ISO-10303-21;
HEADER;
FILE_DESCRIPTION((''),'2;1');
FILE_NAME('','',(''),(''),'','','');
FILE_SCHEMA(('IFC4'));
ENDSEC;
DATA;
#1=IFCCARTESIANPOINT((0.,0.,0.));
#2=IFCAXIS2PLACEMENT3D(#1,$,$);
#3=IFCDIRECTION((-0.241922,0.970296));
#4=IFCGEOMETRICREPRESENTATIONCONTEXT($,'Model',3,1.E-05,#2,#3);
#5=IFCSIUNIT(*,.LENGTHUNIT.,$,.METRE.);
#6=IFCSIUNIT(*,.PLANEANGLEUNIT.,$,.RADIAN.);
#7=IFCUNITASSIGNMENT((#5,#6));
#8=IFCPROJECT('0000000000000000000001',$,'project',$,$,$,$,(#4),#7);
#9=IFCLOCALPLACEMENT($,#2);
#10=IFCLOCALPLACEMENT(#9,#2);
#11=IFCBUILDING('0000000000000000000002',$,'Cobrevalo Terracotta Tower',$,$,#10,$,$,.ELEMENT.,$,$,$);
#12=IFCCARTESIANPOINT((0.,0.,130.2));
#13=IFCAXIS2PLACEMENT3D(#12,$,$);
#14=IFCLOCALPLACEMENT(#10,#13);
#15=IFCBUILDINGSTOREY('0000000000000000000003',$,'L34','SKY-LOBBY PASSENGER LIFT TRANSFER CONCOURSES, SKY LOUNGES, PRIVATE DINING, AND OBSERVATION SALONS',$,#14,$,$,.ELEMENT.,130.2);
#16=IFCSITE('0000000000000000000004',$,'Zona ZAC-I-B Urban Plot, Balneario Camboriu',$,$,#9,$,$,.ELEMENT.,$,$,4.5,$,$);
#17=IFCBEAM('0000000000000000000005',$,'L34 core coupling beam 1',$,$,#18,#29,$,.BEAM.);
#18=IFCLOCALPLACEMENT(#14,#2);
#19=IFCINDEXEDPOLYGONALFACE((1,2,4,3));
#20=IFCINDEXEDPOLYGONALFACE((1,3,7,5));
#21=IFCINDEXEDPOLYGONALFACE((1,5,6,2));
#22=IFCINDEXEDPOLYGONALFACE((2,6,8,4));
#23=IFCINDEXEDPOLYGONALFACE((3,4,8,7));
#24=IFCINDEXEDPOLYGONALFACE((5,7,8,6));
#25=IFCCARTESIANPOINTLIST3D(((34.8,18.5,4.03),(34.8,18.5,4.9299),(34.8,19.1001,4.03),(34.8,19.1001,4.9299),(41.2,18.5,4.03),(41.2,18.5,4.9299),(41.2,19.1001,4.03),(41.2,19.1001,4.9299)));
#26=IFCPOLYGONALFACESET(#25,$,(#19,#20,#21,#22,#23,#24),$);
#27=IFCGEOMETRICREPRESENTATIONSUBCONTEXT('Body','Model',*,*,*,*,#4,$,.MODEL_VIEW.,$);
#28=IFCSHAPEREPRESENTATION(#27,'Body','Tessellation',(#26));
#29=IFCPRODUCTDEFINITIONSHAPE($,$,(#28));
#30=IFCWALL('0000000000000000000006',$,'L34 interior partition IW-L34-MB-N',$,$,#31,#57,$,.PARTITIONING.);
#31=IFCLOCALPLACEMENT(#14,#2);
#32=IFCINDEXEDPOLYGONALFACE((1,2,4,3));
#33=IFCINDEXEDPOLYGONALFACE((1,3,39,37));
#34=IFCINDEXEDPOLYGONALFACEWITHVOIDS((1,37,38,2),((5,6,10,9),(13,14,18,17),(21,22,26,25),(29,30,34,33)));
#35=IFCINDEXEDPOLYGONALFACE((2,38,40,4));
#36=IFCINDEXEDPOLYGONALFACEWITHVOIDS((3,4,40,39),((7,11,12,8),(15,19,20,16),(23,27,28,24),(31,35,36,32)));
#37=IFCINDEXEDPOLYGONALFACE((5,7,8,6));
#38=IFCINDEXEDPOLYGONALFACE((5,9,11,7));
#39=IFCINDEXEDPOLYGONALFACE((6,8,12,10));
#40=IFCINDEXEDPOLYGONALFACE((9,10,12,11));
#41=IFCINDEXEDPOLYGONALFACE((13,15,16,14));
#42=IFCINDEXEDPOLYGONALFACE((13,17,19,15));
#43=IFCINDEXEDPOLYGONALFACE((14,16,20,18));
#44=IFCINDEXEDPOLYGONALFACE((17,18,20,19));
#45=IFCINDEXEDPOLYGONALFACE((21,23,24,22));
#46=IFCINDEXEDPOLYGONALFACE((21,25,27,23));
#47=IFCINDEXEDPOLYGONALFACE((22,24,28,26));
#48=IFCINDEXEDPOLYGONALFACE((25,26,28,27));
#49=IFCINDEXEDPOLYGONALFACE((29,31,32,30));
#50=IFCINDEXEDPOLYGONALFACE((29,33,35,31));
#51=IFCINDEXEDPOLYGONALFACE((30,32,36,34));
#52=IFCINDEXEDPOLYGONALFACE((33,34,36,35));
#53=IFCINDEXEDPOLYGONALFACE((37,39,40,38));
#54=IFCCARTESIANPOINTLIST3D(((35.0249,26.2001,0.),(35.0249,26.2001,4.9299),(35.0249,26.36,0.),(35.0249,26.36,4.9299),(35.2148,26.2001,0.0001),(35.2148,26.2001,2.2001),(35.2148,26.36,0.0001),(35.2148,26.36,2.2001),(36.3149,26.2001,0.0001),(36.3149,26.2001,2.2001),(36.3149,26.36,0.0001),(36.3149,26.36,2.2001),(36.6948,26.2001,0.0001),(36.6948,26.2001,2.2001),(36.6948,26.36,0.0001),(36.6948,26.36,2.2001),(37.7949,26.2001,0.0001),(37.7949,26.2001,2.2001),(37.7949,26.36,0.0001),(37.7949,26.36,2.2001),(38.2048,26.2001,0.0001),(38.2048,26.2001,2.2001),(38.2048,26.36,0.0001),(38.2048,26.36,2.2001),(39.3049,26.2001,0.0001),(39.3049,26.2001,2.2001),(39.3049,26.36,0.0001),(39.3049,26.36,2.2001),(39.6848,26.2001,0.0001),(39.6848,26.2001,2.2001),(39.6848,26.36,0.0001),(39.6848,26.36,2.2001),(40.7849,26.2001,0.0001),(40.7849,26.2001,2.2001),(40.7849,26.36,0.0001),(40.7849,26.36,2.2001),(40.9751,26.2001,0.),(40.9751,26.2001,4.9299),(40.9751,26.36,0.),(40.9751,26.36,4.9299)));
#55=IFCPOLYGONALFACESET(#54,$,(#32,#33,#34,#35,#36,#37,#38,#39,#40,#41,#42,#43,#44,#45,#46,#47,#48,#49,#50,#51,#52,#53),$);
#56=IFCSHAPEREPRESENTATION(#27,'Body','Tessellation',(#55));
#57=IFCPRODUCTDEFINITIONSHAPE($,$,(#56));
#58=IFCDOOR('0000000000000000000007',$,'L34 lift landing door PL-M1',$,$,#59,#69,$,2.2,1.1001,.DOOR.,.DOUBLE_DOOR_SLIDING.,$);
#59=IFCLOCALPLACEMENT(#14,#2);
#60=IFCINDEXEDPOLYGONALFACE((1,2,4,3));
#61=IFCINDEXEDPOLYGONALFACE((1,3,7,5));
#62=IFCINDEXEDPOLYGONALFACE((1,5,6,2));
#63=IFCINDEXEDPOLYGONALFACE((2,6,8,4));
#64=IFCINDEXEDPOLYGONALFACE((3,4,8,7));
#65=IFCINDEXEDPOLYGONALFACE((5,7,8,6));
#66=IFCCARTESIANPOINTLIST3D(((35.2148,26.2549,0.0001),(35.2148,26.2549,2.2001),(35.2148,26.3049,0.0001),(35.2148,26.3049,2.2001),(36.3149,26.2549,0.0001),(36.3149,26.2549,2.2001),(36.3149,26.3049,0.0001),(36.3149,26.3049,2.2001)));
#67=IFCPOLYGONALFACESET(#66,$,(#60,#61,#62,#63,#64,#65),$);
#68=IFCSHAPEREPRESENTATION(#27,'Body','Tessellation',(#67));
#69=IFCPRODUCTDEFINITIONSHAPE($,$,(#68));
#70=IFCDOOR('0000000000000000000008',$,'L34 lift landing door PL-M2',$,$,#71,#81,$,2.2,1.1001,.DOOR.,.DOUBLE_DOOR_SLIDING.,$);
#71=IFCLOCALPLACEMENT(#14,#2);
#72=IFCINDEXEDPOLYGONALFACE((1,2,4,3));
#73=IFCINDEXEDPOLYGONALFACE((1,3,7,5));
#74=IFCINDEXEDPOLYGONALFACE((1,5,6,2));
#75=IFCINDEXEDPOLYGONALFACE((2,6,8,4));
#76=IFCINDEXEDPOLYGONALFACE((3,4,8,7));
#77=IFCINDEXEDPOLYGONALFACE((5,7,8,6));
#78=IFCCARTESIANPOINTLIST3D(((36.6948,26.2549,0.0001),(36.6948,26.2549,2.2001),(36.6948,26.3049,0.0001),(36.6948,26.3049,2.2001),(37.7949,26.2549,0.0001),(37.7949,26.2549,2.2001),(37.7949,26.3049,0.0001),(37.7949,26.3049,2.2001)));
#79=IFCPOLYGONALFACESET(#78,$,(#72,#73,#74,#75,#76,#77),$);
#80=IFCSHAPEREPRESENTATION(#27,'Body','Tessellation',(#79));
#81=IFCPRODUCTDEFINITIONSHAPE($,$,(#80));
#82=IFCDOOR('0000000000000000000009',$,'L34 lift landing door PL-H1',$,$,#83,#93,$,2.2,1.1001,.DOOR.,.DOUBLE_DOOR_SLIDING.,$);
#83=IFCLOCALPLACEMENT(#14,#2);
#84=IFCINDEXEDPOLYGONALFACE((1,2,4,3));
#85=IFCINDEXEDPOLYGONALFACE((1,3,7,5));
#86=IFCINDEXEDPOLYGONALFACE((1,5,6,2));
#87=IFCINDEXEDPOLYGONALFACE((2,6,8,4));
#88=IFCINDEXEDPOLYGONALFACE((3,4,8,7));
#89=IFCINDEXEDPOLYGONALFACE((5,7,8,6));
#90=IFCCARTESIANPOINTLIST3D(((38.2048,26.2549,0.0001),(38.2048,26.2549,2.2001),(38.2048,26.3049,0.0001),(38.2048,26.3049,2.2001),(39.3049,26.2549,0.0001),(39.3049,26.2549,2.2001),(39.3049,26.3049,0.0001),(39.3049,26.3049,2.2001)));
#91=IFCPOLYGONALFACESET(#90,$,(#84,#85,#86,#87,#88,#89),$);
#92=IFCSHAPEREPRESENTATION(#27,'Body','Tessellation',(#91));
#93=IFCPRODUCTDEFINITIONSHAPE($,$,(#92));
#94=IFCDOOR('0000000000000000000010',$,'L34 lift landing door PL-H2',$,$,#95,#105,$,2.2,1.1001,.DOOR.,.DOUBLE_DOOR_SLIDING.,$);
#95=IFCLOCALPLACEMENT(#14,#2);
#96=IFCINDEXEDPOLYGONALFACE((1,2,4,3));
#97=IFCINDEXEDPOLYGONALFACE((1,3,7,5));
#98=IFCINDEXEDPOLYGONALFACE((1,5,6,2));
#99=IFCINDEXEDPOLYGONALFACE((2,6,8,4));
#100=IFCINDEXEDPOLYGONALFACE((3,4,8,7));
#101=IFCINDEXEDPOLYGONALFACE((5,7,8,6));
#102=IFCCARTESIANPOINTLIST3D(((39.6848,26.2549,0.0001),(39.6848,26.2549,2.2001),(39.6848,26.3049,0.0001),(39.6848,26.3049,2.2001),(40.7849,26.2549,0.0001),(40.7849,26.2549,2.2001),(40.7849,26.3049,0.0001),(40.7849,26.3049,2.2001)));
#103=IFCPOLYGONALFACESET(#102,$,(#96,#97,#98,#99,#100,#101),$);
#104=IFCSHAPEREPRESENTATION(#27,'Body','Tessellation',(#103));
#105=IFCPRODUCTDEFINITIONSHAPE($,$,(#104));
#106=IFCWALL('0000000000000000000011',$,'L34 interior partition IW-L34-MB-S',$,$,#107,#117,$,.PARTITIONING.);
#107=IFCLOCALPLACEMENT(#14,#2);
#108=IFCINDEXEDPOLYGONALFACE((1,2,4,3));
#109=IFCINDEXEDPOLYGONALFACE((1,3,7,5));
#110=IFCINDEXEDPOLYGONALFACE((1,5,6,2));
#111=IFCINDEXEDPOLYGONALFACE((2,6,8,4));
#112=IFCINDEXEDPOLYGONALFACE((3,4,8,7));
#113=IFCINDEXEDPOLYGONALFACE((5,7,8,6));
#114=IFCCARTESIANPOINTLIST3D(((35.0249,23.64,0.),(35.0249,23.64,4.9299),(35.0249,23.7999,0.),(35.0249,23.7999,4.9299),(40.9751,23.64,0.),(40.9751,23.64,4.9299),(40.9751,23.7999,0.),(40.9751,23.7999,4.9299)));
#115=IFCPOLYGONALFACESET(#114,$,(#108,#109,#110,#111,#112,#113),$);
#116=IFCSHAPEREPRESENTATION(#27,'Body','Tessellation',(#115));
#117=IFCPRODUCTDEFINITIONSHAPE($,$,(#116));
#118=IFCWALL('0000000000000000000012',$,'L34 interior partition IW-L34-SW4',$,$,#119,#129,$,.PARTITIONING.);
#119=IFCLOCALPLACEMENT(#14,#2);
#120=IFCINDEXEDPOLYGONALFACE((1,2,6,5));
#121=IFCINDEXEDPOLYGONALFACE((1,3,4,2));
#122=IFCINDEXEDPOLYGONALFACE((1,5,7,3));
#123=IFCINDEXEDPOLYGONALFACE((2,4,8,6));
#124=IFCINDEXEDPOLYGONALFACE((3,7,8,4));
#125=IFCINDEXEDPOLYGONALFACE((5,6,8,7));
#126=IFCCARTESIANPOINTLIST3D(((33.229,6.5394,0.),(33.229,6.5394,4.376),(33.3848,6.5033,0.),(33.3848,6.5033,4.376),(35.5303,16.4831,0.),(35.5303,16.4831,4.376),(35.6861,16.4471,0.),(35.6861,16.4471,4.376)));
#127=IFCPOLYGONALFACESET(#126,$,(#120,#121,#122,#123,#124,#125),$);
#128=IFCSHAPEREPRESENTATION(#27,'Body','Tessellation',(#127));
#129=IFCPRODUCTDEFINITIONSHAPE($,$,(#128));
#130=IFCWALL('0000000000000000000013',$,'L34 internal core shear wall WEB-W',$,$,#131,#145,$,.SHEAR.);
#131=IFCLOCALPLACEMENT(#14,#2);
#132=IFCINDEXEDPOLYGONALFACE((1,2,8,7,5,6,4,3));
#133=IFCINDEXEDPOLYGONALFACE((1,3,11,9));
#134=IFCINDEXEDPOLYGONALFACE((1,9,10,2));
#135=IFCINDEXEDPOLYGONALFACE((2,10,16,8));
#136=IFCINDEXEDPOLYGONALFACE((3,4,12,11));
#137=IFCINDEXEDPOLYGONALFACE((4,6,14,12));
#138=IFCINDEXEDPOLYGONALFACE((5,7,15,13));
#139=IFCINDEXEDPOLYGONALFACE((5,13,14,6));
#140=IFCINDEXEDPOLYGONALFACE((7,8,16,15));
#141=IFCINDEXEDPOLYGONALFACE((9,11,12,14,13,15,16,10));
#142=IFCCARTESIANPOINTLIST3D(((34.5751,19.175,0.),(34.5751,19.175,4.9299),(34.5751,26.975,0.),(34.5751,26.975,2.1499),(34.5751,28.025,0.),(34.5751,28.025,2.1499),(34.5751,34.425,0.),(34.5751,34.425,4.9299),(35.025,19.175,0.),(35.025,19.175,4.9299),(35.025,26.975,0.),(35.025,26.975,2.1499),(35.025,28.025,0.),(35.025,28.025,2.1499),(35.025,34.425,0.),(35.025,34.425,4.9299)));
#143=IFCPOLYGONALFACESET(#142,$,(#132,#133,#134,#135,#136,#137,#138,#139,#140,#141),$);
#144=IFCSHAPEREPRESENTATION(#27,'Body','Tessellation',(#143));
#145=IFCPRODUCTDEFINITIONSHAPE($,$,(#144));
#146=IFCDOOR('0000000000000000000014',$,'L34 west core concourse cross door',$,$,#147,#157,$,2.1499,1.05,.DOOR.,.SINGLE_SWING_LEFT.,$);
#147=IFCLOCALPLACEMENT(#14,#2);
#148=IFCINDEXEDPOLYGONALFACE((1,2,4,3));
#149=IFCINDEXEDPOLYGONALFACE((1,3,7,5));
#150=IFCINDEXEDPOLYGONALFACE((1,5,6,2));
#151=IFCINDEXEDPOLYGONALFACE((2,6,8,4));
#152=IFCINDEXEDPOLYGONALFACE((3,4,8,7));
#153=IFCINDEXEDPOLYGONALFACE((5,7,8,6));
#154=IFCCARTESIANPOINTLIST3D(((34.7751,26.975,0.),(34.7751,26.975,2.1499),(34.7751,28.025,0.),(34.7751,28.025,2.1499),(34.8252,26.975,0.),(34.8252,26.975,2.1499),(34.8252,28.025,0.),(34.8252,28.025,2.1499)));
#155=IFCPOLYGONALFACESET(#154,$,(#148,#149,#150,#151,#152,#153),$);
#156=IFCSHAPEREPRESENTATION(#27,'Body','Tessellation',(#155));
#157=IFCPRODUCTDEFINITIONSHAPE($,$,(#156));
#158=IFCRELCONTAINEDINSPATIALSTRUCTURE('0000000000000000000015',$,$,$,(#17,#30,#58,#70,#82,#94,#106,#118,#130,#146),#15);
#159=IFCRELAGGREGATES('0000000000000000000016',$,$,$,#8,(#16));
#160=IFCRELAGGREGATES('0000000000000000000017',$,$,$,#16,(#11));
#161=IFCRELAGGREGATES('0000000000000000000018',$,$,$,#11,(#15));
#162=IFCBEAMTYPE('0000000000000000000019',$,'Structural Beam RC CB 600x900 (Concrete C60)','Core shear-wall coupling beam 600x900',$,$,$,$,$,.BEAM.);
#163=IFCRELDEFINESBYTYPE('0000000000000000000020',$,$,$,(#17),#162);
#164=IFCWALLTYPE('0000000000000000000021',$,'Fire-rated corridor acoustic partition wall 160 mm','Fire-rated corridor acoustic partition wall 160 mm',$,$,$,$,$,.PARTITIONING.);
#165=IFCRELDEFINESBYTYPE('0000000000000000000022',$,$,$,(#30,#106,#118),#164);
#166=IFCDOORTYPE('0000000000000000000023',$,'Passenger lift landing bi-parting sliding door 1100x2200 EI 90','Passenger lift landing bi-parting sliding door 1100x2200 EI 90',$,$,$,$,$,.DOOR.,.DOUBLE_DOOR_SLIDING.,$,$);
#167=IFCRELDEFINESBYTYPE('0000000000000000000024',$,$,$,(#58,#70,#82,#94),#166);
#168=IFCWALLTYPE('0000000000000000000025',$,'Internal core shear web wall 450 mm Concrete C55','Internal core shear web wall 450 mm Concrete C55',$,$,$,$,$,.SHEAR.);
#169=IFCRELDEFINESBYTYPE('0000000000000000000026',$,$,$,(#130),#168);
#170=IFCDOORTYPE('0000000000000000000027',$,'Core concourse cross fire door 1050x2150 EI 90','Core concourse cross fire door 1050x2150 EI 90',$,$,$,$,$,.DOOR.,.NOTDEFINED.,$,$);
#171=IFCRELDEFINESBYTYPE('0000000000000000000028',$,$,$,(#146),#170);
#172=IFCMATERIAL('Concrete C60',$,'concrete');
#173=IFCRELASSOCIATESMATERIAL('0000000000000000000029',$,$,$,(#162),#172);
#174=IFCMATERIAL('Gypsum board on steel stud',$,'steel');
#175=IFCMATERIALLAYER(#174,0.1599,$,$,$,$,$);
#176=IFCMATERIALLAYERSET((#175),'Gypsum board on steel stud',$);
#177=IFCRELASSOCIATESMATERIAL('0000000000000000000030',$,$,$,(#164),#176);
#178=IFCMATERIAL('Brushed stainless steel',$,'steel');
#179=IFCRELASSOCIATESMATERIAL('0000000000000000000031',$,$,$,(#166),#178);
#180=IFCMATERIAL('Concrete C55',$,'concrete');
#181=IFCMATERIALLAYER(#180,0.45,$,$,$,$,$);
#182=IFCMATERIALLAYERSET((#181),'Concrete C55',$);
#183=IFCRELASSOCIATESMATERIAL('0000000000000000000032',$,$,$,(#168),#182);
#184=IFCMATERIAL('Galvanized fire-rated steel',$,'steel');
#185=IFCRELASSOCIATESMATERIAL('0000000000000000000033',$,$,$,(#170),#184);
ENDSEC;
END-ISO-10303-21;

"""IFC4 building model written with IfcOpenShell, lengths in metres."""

from ifc_helpers import new_model, si_unit, direction, frame, frame_2d, origin, origin_2d, place, context, subcontext, project, spatial, rectangle, extrude, source, transform, mapped, material, layer, layer_set, material_profile, profile_set, type_object, element, fill, save


model = new_model("IFC4")

# Units and contexts
model_context = context("Model", 3, precision=1e-05, world=origin(), true_north=direction((-0.241922, 0.970296)))
body_context = subcontext(model_context, "Body", "Model", "MODEL_VIEW")
ifc_project = project(units=[si_unit("LENGTHUNIT", "METRE"), si_unit("PLANEANGLEUNIT", "RADIAN")], contexts=[model_context])

# Site, building, storey
site_placement = place(None, origin())
site = spatial("IfcSite", under=ifc_project, at=site_placement, Name="Zona ZAC-I-B Urban Plot, Balneario Camboriu", CompositionType="ELEMENT", RefElevation=4.5)
building_placement = place(site_placement, origin())
building = spatial("IfcBuilding", under=site, at=building_placement, Name="Cobrevalo Terracotta Tower", CompositionType="ELEMENT")
storey_placement = place(building_placement, frame((0.0, 0.0, 130.2)))
storey = spatial("IfcBuildingStorey", under=building, at=storey_placement, Name="L34", Description="SKY-LOBBY PASSENGER LIFT TRANSFER CONCOURSES, SKY LOUNGES, PRIVATE DINING, AND OBSERVATION SALONS", CompositionType="ELEMENT", Elevation=130.2)

# Beam
ifc_material_1 = material(Name="Concrete C60", Category="concrete")
ifc_material_profile = material_profile(ifc_material_1, rectangle(XDim=0.6001, YDim=0.8999, at=origin_2d()), Name="RC CB 600x900")
ifc_profile_set = profile_set([ifc_material_profile], Name="Concrete C60")
beam_type = type_object("IfcBeamType", Name="Structural Beam RC CB 600x900 (Concrete C60)", Description="Core shear-wall coupling beam 600x900", PredefinedType="BEAM", material=ifc_profile_set)
beam_placement = place(storey_placement, frame((34.8, 18.8, 4.48), z_axis=(1.0, 0.0, 0.0), x_axis=(0.0, 1.0, 0.0)))
element("IfcBeam", 1, at=beam_placement, inside=storey, type_object=beam_type, Name="L34 core coupling beam 1", PredefinedType="BEAM", context=body_context, shape_type="SweptSolid", body=[
    extrude(rectangle(XDim=0.6001, YDim=0.8999, at=origin_2d()), origin(), (0.0, 0.0, 1.0), 6.3999),
])

# Wall, openings, doors
ifc_material_2 = material(Name="Gypsum board on steel stud", Category="steel")
ifc_layer_1 = layer(ifc_material_2, 0.1599)
ifc_layer_set_1 = layer_set([ifc_layer_1], Name="Gypsum board on steel stud")
wall_type_1 = type_object("IfcWallType", Name="Fire-rated corridor acoustic partition wall 160 mm", Description="Fire-rated corridor acoustic partition wall 160 mm", PredefinedType="PARTITIONING", material=ifc_layer_set_1)
wall_1_placement = place(storey_placement, frame((35.0249, 26.28, 0.0), z_axis=(0.0, 0.0, 1.0), x_axis=(1.0, 0.0, 0.0)))
wall_1 = element("IfcWall", 2, at=wall_1_placement, inside=storey, type_object=wall_type_1, Name="L34 interior partition IW-L34-MB-N", PredefinedType="PARTITIONING", context=body_context, shape_type="SweptSolid", body=[
    extrude(rectangle(XDim=5.9502, YDim=0.1599, at=frame_2d((2.9751, 0.0))), origin(), (0.0, 0.0, 1.0), 4.9299),
])
opening_1_placement = place(wall_1_placement, frame((0.1899, 0.0, 0.0)))
opening_1 = element("IfcOpeningElement", 3, at=opening_1_placement, cuts=wall_1, PredefinedType="OPENING", context=body_context, shape_type="SweptSolid", body=[
    extrude(rectangle(XDim=1.1001, YDim=2.2, at=frame_2d((0.55, 1.1001))), frame((0.0, 0.0898, 0.0), z_axis=(0.0, -1.0, 0.0), x_axis=(1.0, 0.0, 0.0)), (0.0, 0.0, 1.0), 0.1799),
])
opening_2_placement = place(wall_1_placement, frame((1.6699, 0.0, 0.0)))
opening_2 = element("IfcOpeningElement", 4, at=opening_2_placement, cuts=wall_1, PredefinedType="OPENING", context=body_context, shape_type="SweptSolid", body=[
    extrude(rectangle(XDim=1.1001, YDim=2.2, at=frame_2d((0.55, 1.1001))), frame((0.0, 0.0898, 0.0), z_axis=(0.0, -1.0, 0.0), x_axis=(1.0, 0.0, 0.0)), (0.0, 0.0, 1.0), 0.1799),
])
opening_3_placement = place(wall_1_placement, frame((3.1799, 0.0, 0.0)))
opening_3 = element("IfcOpeningElement", 5, at=opening_3_placement, cuts=wall_1, PredefinedType="OPENING", context=body_context, shape_type="SweptSolid", body=[
    extrude(rectangle(XDim=1.1001, YDim=2.2, at=frame_2d((0.55, 1.1001))), frame((0.0, 0.0898, 0.0), z_axis=(0.0, -1.0, 0.0), x_axis=(1.0, 0.0, 0.0)), (0.0, 0.0, 1.0), 0.1799),
])
opening_4_placement = place(wall_1_placement, frame((4.6599, 0.0, 0.0)))
opening_4 = element("IfcOpeningElement", 6, at=opening_4_placement, cuts=wall_1, PredefinedType="OPENING", context=body_context, shape_type="SweptSolid", body=[
    extrude(rectangle(XDim=1.1001, YDim=2.2, at=frame_2d((0.55, 1.1001))), frame((0.0, 0.0898, 0.0), z_axis=(0.0, -1.0, 0.0), x_axis=(1.0, 0.0, 0.0)), (0.0, 0.0, 1.0), 0.1799),
])
ifc_material_3 = material(Name="Brushed stainless steel", Category="steel")
door_type_1 = type_object("IfcDoorType", Name="Passenger lift landing bi-parting sliding door 1100x2200 EI 90", Description="Passenger lift landing bi-parting sliding door 1100x2200 EI 90", OperationType="DOUBLE_DOOR_SLIDING", PredefinedType="DOOR", material=ifc_material_3)
shared_shape_1 = source(origin(), body_context, "Body", "SweptSolid", [
    extrude(rectangle(XDim=1.1001, YDim=2.2, at=frame_2d((0.55, 1.1001))), frame((0.0, 0.0249, 0.0), z_axis=(0.0, -1.0, 0.0), x_axis=(1.0, 0.0, 0.0)), (0.0, 0.0, 1.0), 0.05),
])
door_1_placement = place(opening_1_placement, origin())
door_1 = element("IfcDoor", 7, at=door_1_placement, inside=storey, type_object=door_type_1, Name="L34 lift landing door PL-M1", OperationType="DOUBLE_DOOR_SLIDING", OverallHeight=2.2, OverallWidth=1.1001, PredefinedType="DOOR", context=body_context, shape_type="MappedRepresentation", body=[
    mapped(shared_shape_1, transform((0.0, 0.0, 0.0), scale=1.0)),
])
fill(opening_1, door_1)
door_2_placement = place(opening_2_placement, origin())
door_2 = element("IfcDoor", 8, at=door_2_placement, inside=storey, type_object=door_type_1, Name="L34 lift landing door PL-M2", OperationType="DOUBLE_DOOR_SLIDING", OverallHeight=2.2, OverallWidth=1.1001, PredefinedType="DOOR", context=body_context, shape_type="MappedRepresentation", body=[
    mapped(shared_shape_1, transform((0.0, 0.0, 0.0), scale=1.0)),
])
fill(opening_2, door_2)
door_3_placement = place(opening_3_placement, origin())
door_3 = element("IfcDoor", 9, at=door_3_placement, inside=storey, type_object=door_type_1, Name="L34 lift landing door PL-H1", OperationType="DOUBLE_DOOR_SLIDING", OverallHeight=2.2, OverallWidth=1.1001, PredefinedType="DOOR", context=body_context, shape_type="MappedRepresentation", body=[
    mapped(shared_shape_1, transform((0.0, 0.0, 0.0), scale=1.0)),
])
fill(opening_3, door_3)
door_4_placement = place(opening_4_placement, origin())
door_4 = element("IfcDoor", 10, at=door_4_placement, inside=storey, type_object=door_type_1, Name="L34 lift landing door PL-H2", OperationType="DOUBLE_DOOR_SLIDING", OverallHeight=2.2, OverallWidth=1.1001, PredefinedType="DOOR", context=body_context, shape_type="MappedRepresentation", body=[
    mapped(shared_shape_1, transform((0.0, 0.0, 0.0), scale=1.0)),
])
fill(opening_4, door_4)

# Walls
wall_2_placement = place(storey_placement, frame((35.0249, 23.72, 0.0), z_axis=(0.0, 0.0, 1.0), x_axis=(1.0, 0.0, 0.0)))
element("IfcWall", 11, at=wall_2_placement, inside=storey, type_object=wall_type_1, Name="L34 interior partition IW-L34-MB-S", PredefinedType="PARTITIONING", context=body_context, shape_type="SweptSolid", body=[
    extrude(rectangle(XDim=5.9502, YDim=0.1599, at=frame_2d((2.9751, 0.0))), origin(), (0.0, 0.0, 1.0), 4.9299),
])
wall_3_placement = place(storey_placement, frame((35.6082, 16.4651, 0.0), z_axis=(0.0, 0.0, 1.0), x_axis=(-0.225467, -0.974251, 0.0)))
element("IfcWall", 12, at=wall_3_placement, inside=storey, type_object=wall_type_1, Name="L34 interior partition IW-L34-SW4", PredefinedType="PARTITIONING", context=body_context, shape_type="SweptSolid", body=[
    extrude(rectangle(XDim=10.2065, YDim=0.1599, at=frame_2d((5.1033, 0.0))), origin(), (0.0, 0.0, 1.0), 4.376),
])

# Wall, opening, door
ifc_material_4 = material(Name="Concrete C55", Category="concrete")
ifc_layer_2 = layer(ifc_material_4, 0.45)
ifc_layer_set_2 = layer_set([ifc_layer_2], Name="Concrete C55")
wall_type_2 = type_object("IfcWallType", Name="Internal core shear web wall 450 mm Concrete C55", Description="Internal core shear web wall 450 mm Concrete C55", PredefinedType="SHEAR", material=ifc_layer_set_2)
wall_4_placement = place(storey_placement, frame((34.8, 19.175, 0.0), z_axis=(0.0, 0.0, 1.0), x_axis=(0.0, 1.0, 0.0)))
wall_4 = element("IfcWall", 13, at=wall_4_placement, inside=storey, type_object=wall_type_2, Name="L34 internal core shear wall WEB-W", PredefinedType="SHEAR", context=body_context, shape_type="SweptSolid", body=[
    extrude(rectangle(XDim=15.25, YDim=0.45, at=frame_2d((7.625, 0.0))), origin(), (0.0, 0.0, 1.0), 4.9299),
])
opening_5_placement = place(wall_4_placement, frame((7.8, 0.0, 0.0)))
opening_5 = element("IfcOpeningElement", 14, at=opening_5_placement, cuts=wall_4, PredefinedType="OPENING", context=body_context, shape_type="SweptSolid", body=[
    extrude(rectangle(XDim=1.05, YDim=2.1499, at=frame_2d((0.5249, 1.075))), frame((0.0, 0.2349, 0.0), z_axis=(0.0, -1.0, 0.0), x_axis=(1.0, 0.0, 0.0)), (0.0, 0.0, 1.0), 0.47),
])
ifc_material_5 = material(Name="Galvanized fire-rated steel", Category="steel")
door_type_2 = type_object("IfcDoorType", Name="Core concourse cross fire door 1050x2150 EI 90", Description="Core concourse cross fire door 1050x2150 EI 90", OperationType="NOTDEFINED", PredefinedType="DOOR", material=ifc_material_5)
shared_shape_2 = source(origin(), body_context, "Body", "SweptSolid", [
    extrude(rectangle(XDim=1.05, YDim=2.1499, at=frame_2d((0.5249, 1.075))), frame((0.0, 0.0249, 0.0), z_axis=(0.0, -1.0, 0.0), x_axis=(1.0, 0.0, 0.0)), (0.0, 0.0, 1.0), 0.05),
])
door_5_placement = place(opening_5_placement, origin())
door_5 = element("IfcDoor", 15, at=door_5_placement, inside=storey, type_object=door_type_2, Name="L34 west core concourse cross door", OperationType="SINGLE_SWING_LEFT", OverallHeight=2.1499, OverallWidth=1.05, PredefinedType="DOOR", context=body_context, shape_type="MappedRepresentation", body=[
    mapped(shared_shape_2, transform((0.0, 0.0, 0.0), scale=1.0)),
])
fill(opening_5, door_5)

save(model, "model.ifc")
